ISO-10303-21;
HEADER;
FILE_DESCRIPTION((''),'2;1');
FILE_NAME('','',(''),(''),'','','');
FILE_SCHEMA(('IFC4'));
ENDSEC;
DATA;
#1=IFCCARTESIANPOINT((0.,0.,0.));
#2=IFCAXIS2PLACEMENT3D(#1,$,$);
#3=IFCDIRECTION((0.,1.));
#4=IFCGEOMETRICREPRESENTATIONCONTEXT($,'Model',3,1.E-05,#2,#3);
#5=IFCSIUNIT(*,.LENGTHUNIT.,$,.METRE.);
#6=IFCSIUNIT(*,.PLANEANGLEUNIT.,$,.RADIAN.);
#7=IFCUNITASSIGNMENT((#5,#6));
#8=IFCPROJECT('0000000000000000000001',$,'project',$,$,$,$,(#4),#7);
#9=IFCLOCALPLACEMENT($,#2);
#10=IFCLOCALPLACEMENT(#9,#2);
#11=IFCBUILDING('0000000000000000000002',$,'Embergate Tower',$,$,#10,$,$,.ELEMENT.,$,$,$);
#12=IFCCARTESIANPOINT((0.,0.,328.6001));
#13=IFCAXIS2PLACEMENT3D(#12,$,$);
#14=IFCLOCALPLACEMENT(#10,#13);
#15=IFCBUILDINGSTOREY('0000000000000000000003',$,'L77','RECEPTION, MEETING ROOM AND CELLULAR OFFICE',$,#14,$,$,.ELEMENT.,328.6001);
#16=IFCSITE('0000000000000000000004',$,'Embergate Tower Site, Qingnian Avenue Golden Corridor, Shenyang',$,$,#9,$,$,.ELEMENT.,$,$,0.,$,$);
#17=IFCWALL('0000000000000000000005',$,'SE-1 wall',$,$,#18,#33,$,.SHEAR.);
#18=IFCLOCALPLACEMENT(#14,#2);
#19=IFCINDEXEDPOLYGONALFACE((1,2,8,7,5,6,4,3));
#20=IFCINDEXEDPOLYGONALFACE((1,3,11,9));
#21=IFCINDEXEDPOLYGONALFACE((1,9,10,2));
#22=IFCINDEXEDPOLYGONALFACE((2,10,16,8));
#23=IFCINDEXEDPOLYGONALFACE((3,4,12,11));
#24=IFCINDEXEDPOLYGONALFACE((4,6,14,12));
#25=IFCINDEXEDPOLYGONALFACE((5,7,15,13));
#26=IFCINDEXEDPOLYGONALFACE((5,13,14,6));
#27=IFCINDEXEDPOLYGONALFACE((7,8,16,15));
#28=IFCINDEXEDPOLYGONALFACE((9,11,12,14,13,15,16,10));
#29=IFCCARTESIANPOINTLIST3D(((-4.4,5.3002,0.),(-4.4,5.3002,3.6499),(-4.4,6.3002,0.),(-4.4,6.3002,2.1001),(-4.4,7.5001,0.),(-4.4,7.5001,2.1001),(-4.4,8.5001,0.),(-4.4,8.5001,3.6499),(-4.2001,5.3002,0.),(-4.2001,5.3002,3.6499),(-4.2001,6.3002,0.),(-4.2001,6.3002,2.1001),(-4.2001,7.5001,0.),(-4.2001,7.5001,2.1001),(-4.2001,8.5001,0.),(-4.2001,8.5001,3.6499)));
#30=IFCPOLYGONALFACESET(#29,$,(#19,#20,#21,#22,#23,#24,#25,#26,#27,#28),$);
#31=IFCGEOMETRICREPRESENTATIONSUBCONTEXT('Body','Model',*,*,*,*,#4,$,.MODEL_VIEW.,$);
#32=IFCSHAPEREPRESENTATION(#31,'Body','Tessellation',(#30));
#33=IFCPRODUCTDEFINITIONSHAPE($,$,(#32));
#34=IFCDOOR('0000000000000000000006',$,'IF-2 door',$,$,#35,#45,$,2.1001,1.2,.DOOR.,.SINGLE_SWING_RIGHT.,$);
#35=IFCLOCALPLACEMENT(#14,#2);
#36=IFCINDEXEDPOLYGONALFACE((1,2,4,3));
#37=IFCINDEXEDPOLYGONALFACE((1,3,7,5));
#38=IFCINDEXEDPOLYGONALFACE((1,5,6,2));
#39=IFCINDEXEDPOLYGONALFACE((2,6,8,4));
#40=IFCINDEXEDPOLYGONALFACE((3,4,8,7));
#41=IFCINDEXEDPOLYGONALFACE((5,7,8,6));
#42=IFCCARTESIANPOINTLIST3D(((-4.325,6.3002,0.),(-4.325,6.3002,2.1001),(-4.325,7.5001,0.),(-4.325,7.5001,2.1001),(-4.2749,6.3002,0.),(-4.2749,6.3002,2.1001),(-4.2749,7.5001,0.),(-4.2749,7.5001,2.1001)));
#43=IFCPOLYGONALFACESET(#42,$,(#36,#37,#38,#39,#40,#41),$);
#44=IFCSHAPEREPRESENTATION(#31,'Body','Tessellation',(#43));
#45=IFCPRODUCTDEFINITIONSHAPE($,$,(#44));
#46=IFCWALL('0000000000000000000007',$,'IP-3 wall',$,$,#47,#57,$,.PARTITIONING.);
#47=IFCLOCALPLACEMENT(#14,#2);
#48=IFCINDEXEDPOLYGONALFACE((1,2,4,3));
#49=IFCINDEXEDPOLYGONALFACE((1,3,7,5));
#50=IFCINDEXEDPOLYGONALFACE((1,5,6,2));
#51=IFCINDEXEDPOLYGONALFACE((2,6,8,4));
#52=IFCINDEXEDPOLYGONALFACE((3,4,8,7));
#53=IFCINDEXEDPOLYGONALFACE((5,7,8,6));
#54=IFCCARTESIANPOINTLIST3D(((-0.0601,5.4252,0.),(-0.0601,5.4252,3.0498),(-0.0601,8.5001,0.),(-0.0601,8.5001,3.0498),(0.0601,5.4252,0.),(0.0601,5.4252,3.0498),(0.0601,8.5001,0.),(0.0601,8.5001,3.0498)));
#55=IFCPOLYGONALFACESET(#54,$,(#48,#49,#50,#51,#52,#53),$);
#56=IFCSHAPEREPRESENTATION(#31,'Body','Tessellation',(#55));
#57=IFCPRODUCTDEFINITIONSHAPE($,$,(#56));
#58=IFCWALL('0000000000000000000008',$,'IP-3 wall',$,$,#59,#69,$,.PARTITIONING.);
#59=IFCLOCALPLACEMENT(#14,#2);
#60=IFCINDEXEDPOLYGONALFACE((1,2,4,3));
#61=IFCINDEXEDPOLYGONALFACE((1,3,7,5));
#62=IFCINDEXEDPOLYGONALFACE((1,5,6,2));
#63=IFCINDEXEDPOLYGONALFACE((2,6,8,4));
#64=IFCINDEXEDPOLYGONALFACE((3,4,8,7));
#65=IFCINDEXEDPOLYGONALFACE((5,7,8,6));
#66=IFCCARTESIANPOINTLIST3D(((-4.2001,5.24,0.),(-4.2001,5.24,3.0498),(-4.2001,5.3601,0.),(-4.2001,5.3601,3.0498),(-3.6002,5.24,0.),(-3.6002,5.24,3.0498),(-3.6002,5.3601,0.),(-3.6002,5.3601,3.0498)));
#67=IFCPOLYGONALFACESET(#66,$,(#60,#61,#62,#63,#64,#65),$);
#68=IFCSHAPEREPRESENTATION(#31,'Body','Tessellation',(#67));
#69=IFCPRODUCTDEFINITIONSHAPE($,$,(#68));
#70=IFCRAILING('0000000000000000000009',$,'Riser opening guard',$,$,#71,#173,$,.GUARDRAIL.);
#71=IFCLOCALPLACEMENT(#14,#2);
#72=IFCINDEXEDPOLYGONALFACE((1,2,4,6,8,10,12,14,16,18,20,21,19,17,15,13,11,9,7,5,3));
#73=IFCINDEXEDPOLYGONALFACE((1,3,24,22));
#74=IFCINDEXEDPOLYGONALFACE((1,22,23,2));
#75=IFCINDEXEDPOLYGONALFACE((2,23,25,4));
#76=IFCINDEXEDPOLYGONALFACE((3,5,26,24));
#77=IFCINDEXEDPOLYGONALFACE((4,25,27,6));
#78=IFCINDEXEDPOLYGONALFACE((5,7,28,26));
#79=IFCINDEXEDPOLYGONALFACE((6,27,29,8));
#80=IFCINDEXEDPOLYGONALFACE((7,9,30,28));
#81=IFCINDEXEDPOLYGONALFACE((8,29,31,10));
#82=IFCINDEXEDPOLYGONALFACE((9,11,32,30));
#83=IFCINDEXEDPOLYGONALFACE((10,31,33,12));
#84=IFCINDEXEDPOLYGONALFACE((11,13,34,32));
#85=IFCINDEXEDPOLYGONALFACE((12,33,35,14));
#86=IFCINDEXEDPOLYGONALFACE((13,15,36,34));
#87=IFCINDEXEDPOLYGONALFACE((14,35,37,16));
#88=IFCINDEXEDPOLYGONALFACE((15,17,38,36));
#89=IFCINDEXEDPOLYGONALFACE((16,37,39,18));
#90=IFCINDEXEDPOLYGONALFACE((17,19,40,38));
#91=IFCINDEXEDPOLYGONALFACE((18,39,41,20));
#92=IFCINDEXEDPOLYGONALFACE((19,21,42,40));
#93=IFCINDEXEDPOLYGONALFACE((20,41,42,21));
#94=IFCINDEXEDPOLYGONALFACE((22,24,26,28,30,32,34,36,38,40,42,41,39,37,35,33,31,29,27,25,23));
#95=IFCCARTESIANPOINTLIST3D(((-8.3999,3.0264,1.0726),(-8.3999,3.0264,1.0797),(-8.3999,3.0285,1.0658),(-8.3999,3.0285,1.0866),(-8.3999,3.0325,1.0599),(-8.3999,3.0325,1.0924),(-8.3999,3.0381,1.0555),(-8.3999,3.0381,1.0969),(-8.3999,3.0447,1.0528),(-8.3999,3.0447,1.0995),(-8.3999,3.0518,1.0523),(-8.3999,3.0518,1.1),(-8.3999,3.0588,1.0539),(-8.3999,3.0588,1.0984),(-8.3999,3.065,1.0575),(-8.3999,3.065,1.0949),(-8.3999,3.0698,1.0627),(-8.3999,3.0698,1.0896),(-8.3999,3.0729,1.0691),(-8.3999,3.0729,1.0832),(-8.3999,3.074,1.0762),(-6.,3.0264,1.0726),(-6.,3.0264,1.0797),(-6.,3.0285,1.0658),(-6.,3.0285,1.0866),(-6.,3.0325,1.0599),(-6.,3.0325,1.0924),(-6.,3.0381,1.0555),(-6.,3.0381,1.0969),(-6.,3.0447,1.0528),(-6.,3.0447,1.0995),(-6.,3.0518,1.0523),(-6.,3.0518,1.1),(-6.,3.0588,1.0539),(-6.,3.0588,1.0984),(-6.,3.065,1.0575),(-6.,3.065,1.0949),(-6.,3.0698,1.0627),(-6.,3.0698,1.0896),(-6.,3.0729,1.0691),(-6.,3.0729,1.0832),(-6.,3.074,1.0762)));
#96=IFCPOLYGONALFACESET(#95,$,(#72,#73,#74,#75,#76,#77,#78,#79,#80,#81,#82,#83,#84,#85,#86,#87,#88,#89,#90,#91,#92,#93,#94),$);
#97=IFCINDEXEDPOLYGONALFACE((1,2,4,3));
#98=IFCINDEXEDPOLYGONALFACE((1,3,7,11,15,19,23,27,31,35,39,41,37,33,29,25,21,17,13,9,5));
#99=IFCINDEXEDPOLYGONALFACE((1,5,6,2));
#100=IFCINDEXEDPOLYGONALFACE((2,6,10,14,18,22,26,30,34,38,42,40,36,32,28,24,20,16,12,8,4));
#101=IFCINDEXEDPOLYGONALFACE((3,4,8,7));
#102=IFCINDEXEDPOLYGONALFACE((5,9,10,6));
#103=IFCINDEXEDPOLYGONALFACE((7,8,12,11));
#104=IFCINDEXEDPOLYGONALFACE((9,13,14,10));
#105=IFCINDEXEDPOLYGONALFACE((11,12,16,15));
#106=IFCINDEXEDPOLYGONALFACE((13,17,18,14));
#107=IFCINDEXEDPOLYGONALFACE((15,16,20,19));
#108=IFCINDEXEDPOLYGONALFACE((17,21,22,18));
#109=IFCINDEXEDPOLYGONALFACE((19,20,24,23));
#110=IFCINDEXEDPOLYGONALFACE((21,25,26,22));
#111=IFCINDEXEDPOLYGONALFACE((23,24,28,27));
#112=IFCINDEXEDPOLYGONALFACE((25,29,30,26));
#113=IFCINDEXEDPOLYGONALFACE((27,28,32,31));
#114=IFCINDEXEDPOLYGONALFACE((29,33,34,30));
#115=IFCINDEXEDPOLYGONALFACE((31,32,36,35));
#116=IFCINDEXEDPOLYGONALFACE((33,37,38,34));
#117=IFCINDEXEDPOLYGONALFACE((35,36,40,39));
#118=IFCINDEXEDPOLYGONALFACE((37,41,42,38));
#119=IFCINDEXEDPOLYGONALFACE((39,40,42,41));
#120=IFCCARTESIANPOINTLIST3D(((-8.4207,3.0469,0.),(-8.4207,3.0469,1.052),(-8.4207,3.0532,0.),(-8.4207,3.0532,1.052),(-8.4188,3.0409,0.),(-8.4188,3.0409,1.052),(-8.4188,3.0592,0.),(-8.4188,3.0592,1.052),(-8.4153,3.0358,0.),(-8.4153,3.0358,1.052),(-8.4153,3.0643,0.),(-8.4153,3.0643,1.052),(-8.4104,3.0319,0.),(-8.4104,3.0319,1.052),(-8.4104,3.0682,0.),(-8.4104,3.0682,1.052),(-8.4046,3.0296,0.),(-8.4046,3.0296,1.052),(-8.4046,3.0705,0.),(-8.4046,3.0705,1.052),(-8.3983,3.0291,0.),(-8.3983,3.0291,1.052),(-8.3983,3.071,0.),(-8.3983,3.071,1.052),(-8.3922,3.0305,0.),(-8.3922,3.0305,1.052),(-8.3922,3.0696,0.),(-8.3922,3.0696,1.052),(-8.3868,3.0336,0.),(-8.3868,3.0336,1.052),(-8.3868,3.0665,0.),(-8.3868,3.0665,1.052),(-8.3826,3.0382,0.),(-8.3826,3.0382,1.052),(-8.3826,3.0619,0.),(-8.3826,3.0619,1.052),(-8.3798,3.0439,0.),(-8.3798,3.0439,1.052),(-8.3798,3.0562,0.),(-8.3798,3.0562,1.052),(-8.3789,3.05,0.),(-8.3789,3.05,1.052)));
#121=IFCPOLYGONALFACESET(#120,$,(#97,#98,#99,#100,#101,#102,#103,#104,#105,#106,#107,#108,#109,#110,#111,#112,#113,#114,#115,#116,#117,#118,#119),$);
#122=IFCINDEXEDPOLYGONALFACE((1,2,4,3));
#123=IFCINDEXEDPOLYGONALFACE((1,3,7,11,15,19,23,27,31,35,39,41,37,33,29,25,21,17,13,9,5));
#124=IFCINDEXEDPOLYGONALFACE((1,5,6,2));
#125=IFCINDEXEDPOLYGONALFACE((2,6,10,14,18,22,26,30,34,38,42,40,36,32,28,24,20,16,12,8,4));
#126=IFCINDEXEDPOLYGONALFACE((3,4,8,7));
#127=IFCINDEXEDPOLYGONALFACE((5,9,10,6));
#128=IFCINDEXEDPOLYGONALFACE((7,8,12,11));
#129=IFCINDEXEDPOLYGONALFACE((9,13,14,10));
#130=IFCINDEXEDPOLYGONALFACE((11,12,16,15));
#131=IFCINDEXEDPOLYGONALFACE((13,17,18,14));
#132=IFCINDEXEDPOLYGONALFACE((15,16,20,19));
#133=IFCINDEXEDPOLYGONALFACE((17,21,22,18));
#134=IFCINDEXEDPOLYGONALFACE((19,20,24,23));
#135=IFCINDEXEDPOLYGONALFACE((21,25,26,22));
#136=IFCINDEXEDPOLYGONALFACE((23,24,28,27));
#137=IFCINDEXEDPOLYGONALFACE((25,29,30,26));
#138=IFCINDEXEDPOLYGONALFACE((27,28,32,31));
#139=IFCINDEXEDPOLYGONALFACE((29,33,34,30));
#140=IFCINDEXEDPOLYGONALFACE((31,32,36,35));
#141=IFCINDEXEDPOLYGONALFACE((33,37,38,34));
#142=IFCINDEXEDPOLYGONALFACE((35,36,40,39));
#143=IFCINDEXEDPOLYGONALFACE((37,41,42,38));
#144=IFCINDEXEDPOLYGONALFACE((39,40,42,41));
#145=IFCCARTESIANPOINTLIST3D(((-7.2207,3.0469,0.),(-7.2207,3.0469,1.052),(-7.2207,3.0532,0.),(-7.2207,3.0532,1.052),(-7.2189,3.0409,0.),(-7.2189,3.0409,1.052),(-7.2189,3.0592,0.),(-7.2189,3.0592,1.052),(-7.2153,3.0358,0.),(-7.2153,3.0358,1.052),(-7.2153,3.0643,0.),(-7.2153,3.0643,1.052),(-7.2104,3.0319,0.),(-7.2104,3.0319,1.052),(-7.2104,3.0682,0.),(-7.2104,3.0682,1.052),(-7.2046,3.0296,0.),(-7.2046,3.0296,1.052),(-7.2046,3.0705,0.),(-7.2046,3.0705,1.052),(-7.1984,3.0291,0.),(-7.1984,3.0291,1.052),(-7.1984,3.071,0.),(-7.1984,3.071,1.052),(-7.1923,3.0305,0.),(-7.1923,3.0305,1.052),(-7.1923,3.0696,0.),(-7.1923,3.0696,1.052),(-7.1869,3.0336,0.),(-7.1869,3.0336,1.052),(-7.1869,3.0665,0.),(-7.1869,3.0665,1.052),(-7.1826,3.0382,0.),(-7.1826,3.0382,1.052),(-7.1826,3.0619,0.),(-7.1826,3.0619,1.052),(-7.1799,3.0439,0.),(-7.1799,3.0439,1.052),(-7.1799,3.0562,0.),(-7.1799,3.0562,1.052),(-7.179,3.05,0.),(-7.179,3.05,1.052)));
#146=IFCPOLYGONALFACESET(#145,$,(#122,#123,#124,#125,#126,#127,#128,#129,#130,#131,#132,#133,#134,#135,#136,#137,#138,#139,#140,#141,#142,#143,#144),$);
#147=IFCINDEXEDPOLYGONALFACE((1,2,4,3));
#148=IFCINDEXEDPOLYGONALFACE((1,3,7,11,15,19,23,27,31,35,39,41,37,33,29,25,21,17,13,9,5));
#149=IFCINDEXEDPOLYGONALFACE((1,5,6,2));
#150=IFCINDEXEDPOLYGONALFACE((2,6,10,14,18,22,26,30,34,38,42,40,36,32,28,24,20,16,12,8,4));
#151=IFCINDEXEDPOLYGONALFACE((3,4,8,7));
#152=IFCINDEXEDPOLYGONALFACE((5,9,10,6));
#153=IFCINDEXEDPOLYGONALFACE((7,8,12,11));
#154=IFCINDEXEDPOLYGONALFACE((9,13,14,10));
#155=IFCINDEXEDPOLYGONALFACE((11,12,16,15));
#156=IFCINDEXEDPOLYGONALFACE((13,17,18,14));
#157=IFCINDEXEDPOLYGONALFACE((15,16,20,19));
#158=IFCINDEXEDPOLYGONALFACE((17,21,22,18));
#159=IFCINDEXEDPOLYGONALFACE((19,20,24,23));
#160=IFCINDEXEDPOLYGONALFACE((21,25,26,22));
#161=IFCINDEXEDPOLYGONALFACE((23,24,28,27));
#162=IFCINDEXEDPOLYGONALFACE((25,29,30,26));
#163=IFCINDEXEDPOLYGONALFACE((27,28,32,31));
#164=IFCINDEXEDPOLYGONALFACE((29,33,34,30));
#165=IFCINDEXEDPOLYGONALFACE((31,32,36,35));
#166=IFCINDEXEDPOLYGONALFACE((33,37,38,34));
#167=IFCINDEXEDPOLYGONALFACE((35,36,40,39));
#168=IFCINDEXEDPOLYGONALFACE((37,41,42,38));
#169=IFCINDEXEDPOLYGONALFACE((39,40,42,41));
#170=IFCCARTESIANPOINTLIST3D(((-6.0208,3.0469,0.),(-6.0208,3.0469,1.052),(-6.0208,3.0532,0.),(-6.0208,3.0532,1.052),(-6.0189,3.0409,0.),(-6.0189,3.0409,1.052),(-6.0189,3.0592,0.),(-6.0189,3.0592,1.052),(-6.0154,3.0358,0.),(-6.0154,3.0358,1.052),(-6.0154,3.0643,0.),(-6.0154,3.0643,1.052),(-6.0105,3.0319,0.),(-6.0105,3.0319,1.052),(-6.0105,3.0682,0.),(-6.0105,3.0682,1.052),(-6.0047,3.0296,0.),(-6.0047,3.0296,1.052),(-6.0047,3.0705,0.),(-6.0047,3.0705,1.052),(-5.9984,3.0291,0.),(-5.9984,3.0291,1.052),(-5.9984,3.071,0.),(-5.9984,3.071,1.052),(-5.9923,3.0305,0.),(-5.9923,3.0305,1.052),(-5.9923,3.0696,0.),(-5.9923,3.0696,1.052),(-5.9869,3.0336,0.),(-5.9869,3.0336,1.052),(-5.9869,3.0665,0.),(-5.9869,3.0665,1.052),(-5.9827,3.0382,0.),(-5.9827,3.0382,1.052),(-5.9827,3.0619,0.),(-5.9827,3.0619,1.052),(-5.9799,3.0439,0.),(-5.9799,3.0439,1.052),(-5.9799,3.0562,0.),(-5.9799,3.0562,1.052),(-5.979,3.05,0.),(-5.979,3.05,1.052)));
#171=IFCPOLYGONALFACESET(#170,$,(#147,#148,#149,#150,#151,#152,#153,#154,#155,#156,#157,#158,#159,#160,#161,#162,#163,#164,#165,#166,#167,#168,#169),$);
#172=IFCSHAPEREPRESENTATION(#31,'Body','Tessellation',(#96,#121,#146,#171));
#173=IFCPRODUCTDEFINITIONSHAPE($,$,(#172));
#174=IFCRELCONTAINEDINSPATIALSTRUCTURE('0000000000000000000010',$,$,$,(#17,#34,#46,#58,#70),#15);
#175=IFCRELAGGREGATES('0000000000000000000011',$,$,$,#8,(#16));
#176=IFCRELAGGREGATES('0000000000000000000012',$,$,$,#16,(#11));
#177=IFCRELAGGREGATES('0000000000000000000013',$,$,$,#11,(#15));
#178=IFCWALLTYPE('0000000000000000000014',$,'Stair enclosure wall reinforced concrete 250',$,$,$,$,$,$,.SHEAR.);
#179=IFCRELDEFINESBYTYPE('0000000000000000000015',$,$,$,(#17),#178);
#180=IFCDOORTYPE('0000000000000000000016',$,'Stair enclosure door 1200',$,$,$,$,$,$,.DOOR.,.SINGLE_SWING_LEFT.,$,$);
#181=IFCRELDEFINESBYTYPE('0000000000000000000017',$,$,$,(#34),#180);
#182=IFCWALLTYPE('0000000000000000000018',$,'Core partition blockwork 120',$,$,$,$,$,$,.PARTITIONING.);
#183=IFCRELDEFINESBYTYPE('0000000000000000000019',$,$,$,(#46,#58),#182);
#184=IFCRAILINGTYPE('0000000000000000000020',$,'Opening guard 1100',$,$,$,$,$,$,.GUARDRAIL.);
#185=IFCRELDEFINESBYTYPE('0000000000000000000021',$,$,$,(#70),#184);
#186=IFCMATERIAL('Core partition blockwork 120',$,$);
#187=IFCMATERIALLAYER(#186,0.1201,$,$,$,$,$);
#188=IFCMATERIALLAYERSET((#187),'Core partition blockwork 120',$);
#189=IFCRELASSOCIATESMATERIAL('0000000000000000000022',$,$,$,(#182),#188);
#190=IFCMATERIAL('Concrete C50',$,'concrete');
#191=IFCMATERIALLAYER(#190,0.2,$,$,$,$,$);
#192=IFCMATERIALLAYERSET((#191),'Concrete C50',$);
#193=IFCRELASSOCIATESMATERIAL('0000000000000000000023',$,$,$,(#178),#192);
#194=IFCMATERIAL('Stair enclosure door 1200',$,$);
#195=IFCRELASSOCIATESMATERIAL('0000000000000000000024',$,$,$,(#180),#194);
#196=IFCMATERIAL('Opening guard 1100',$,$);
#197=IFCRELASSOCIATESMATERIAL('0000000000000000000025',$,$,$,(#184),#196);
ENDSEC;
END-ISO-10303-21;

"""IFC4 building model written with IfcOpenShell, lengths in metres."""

from ifc_helpers import new_model, si_unit, direction, frame, frame_2d, origin, origin_2d, place, context, subcontext, project, spatial, rectangle, circle, extrude, source, transform, mapped, material, layer, layer_set, type_object, element, fill, save


model = new_model("IFC4")

# Units and contexts
model_context = context("Model", 3, precision=1e-05, world=origin(), true_north=direction((0.0, 1.0)))
body_context = subcontext(model_context, "Body", "Model", "MODEL_VIEW")
ifc_project = project(units=[si_unit("LENGTHUNIT", "METRE"), si_unit("PLANEANGLEUNIT", "RADIAN")], contexts=[model_context])

# Site, building, storey
site_placement = place(None, origin())
site = spatial("IfcSite", under=ifc_project, at=site_placement, Name="Embergate Tower Site, Qingnian Avenue Golden Corridor, Shenyang", CompositionType="ELEMENT", RefElevation=0.0)
building_placement = place(site_placement, origin())
building = spatial("IfcBuilding", under=site, at=building_placement, Name="Embergate Tower", CompositionType="ELEMENT")
storey_placement = place(building_placement, frame((0.0, 0.0, 328.6001)))
storey = spatial("IfcBuildingStorey", under=building, at=storey_placement, Name="L77", Description="RECEPTION, MEETING ROOM AND CELLULAR OFFICE", CompositionType="ELEMENT", Elevation=328.6001)

# Shared definitions
ifc_material_1 = material(Name="Core partition blockwork 120")
ifc_layer_1 = layer(ifc_material_1, 0.1201)
ifc_layer_set_1 = layer_set([ifc_layer_1], Name="Core partition blockwork 120")
wall_type_1 = type_object("IfcWallType", Name="Core partition blockwork 120", PredefinedType="PARTITIONING", material=ifc_layer_set_1)

# Shared definitions
ifc_material_2 = material(Name="Concrete C50", Category="concrete")
ifc_layer_2 = layer(ifc_material_2, 0.2)
ifc_layer_set_2 = layer_set([ifc_layer_2], Name="Concrete C50")
wall_type_2 = type_object("IfcWallType", Name="Stair enclosure wall reinforced concrete 250", PredefinedType="SHEAR", material=ifc_layer_set_2)

# Wall, opening, door
shared_shape_1 = source(origin(), body_context, "Body", "SweptSolid", [
    extrude(rectangle(XDim=3.2, YDim=0.2, at=frame_2d((1.6001, 0.0))), origin(), (0.0, 0.0, 1.0), 3.6499),
])
wall_1_placement = place(storey_placement, frame((-4.3, 5.3, 0.0), z_axis=(0.0, 0.0, 1.0), x_axis=(0.0, 1.0, 0.0)))
wall_1 = element("IfcWall", 1, at=wall_1_placement, inside=storey, type_object=wall_type_2, Name="SE-1 wall", PredefinedType="SHEAR", context=body_context, shape_type="MappedRepresentation", body=[
    mapped(shared_shape_1, transform((0.0, 0.0, 0.0))),
])
shared_shape_2 = source(origin(), body_context, "Body", "SweptSolid", [
    extrude(rectangle(XDim=1.2, YDim=2.1001, at=frame_2d((0.6001, 1.05))), frame((0.0, 0.1099, 0.0), z_axis=(0.0, -1.0, 0.0), x_axis=(1.0, 0.0, 0.0)), (0.0, 0.0, 1.0), 0.22),
])
opening_1_placement = place(wall_1_placement, frame((1.0, 0.0, 0.0)))
opening_1 = element("IfcOpeningElement", 2, at=opening_1_placement, cuts=wall_1, PredefinedType="OPENING", context=body_context, shape_type="MappedRepresentation", body=[
    mapped(shared_shape_2, transform((0.0, 0.0, 0.0))),
])
ifc_material_3 = material(Name="Stair enclosure door 1200")
door_type_1 = type_object("IfcDoorType", Name="Stair enclosure door 1200", OperationType="SINGLE_SWING_LEFT", PredefinedType="DOOR", material=ifc_material_3)
shared_shape_3 = source(origin(), body_context, "Body", "SweptSolid", [
    extrude(rectangle(XDim=1.2, YDim=2.1001, at=frame_2d((0.6001, 1.05))), frame((0.0, 0.0249, 0.0), z_axis=(0.0, -1.0, 0.0), x_axis=(1.0, 0.0, 0.0)), (0.0, 0.0, 1.0), 0.05),
])
door_1_placement = place(opening_1_placement, origin())
door_1 = element("IfcDoor", 3, at=door_1_placement, inside=storey, type_object=door_type_1, Name="IF-2 door", OperationType="SINGLE_SWING_RIGHT", OverallHeight=2.1001, OverallWidth=1.2, PredefinedType="DOOR", context=body_context, shape_type="MappedRepresentation", body=[
    mapped(shared_shape_3, transform((0.0, 0.0, 0.0))),
])
fill(opening_1, door_1)

# Walls
shared_shape_4 = source(origin(), body_context, "Body", "SweptSolid", [
    extrude(rectangle(XDim=3.075, YDim=0.1201, at=frame_2d((1.5376, 0.0))), origin(), (0.0, 0.0, 1.0), 3.0498),
])
wall_2_placement = place(storey_placement, frame((0.0, 5.425, 0.0), z_axis=(0.0, 0.0, 1.0), x_axis=(0.0, 1.0, 0.0)))
element("IfcWall", 4, at=wall_2_placement, inside=storey, type_object=wall_type_1, Name="IP-3 wall", PredefinedType="PARTITIONING", context=body_context, shape_type="MappedRepresentation", body=[
    mapped(shared_shape_4, transform((0.0, 0.0, 0.0))),
])
shared_shape_5 = source(origin(), body_context, "Body", "SweptSolid", [
    extrude(rectangle(XDim=0.5999, YDim=0.1201, at=frame_2d((0.2998, 0.0))), origin(), (0.0, 0.0, 1.0), 3.0498),
])
wall_3_placement = place(storey_placement, frame((-4.2, 5.3, 0.0), z_axis=(0.0, 0.0, 1.0), x_axis=(1.0, 0.0, 0.0)))
element("IfcWall", 5, at=wall_3_placement, inside=storey, type_object=wall_type_1, Name="IP-3 wall", PredefinedType="PARTITIONING", context=body_context, shape_type="MappedRepresentation", body=[
    mapped(shared_shape_5, transform((0.0, 0.0, 0.0))),
])

# Railing
ifc_material_4 = material(Name="Opening guard 1100")
railing_type = type_object("IfcRailingType", Name="Opening guard 1100", PredefinedType="GUARDRAIL", material=ifc_material_4)
shared_shape_6 = source(origin(), body_context, "Body", "SweptSolid", [
    extrude(circle(Radius=0.0239, at=origin_2d()), frame((0.0, 0.0, 1.0762), z_axis=(1.0, 0.0, 0.0), x_axis=(0.0, 1.0, 0.0)), (0.0, 0.0, 1.0), 2.3999),
    extrude(circle(Radius=0.021, at=origin_2d()), origin(), (0.0, 0.0, 1.0), 1.052),
    extrude(circle(Radius=0.021, at=origin_2d()), frame((1.2, 0.0, 0.0)), (0.0, 0.0, 1.0), 1.052),
    extrude(circle(Radius=0.021, at=origin_2d()), frame((2.3999, 0.0, 0.0)), (0.0, 0.0, 1.0), 1.052),
])
railing_placement = place(storey_placement, frame((-8.3999, 3.05, 0.0)))
element("IfcRailing", 6, at=railing_placement, inside=storey, type_object=railing_type, Name="Riser opening guard", PredefinedType="GUARDRAIL", context=body_context, shape_type="MappedRepresentation", body=[
    mapped(shared_shape_6, transform((0.0, 0.0, 0.0))),
])

save(model, "model.ifc")
